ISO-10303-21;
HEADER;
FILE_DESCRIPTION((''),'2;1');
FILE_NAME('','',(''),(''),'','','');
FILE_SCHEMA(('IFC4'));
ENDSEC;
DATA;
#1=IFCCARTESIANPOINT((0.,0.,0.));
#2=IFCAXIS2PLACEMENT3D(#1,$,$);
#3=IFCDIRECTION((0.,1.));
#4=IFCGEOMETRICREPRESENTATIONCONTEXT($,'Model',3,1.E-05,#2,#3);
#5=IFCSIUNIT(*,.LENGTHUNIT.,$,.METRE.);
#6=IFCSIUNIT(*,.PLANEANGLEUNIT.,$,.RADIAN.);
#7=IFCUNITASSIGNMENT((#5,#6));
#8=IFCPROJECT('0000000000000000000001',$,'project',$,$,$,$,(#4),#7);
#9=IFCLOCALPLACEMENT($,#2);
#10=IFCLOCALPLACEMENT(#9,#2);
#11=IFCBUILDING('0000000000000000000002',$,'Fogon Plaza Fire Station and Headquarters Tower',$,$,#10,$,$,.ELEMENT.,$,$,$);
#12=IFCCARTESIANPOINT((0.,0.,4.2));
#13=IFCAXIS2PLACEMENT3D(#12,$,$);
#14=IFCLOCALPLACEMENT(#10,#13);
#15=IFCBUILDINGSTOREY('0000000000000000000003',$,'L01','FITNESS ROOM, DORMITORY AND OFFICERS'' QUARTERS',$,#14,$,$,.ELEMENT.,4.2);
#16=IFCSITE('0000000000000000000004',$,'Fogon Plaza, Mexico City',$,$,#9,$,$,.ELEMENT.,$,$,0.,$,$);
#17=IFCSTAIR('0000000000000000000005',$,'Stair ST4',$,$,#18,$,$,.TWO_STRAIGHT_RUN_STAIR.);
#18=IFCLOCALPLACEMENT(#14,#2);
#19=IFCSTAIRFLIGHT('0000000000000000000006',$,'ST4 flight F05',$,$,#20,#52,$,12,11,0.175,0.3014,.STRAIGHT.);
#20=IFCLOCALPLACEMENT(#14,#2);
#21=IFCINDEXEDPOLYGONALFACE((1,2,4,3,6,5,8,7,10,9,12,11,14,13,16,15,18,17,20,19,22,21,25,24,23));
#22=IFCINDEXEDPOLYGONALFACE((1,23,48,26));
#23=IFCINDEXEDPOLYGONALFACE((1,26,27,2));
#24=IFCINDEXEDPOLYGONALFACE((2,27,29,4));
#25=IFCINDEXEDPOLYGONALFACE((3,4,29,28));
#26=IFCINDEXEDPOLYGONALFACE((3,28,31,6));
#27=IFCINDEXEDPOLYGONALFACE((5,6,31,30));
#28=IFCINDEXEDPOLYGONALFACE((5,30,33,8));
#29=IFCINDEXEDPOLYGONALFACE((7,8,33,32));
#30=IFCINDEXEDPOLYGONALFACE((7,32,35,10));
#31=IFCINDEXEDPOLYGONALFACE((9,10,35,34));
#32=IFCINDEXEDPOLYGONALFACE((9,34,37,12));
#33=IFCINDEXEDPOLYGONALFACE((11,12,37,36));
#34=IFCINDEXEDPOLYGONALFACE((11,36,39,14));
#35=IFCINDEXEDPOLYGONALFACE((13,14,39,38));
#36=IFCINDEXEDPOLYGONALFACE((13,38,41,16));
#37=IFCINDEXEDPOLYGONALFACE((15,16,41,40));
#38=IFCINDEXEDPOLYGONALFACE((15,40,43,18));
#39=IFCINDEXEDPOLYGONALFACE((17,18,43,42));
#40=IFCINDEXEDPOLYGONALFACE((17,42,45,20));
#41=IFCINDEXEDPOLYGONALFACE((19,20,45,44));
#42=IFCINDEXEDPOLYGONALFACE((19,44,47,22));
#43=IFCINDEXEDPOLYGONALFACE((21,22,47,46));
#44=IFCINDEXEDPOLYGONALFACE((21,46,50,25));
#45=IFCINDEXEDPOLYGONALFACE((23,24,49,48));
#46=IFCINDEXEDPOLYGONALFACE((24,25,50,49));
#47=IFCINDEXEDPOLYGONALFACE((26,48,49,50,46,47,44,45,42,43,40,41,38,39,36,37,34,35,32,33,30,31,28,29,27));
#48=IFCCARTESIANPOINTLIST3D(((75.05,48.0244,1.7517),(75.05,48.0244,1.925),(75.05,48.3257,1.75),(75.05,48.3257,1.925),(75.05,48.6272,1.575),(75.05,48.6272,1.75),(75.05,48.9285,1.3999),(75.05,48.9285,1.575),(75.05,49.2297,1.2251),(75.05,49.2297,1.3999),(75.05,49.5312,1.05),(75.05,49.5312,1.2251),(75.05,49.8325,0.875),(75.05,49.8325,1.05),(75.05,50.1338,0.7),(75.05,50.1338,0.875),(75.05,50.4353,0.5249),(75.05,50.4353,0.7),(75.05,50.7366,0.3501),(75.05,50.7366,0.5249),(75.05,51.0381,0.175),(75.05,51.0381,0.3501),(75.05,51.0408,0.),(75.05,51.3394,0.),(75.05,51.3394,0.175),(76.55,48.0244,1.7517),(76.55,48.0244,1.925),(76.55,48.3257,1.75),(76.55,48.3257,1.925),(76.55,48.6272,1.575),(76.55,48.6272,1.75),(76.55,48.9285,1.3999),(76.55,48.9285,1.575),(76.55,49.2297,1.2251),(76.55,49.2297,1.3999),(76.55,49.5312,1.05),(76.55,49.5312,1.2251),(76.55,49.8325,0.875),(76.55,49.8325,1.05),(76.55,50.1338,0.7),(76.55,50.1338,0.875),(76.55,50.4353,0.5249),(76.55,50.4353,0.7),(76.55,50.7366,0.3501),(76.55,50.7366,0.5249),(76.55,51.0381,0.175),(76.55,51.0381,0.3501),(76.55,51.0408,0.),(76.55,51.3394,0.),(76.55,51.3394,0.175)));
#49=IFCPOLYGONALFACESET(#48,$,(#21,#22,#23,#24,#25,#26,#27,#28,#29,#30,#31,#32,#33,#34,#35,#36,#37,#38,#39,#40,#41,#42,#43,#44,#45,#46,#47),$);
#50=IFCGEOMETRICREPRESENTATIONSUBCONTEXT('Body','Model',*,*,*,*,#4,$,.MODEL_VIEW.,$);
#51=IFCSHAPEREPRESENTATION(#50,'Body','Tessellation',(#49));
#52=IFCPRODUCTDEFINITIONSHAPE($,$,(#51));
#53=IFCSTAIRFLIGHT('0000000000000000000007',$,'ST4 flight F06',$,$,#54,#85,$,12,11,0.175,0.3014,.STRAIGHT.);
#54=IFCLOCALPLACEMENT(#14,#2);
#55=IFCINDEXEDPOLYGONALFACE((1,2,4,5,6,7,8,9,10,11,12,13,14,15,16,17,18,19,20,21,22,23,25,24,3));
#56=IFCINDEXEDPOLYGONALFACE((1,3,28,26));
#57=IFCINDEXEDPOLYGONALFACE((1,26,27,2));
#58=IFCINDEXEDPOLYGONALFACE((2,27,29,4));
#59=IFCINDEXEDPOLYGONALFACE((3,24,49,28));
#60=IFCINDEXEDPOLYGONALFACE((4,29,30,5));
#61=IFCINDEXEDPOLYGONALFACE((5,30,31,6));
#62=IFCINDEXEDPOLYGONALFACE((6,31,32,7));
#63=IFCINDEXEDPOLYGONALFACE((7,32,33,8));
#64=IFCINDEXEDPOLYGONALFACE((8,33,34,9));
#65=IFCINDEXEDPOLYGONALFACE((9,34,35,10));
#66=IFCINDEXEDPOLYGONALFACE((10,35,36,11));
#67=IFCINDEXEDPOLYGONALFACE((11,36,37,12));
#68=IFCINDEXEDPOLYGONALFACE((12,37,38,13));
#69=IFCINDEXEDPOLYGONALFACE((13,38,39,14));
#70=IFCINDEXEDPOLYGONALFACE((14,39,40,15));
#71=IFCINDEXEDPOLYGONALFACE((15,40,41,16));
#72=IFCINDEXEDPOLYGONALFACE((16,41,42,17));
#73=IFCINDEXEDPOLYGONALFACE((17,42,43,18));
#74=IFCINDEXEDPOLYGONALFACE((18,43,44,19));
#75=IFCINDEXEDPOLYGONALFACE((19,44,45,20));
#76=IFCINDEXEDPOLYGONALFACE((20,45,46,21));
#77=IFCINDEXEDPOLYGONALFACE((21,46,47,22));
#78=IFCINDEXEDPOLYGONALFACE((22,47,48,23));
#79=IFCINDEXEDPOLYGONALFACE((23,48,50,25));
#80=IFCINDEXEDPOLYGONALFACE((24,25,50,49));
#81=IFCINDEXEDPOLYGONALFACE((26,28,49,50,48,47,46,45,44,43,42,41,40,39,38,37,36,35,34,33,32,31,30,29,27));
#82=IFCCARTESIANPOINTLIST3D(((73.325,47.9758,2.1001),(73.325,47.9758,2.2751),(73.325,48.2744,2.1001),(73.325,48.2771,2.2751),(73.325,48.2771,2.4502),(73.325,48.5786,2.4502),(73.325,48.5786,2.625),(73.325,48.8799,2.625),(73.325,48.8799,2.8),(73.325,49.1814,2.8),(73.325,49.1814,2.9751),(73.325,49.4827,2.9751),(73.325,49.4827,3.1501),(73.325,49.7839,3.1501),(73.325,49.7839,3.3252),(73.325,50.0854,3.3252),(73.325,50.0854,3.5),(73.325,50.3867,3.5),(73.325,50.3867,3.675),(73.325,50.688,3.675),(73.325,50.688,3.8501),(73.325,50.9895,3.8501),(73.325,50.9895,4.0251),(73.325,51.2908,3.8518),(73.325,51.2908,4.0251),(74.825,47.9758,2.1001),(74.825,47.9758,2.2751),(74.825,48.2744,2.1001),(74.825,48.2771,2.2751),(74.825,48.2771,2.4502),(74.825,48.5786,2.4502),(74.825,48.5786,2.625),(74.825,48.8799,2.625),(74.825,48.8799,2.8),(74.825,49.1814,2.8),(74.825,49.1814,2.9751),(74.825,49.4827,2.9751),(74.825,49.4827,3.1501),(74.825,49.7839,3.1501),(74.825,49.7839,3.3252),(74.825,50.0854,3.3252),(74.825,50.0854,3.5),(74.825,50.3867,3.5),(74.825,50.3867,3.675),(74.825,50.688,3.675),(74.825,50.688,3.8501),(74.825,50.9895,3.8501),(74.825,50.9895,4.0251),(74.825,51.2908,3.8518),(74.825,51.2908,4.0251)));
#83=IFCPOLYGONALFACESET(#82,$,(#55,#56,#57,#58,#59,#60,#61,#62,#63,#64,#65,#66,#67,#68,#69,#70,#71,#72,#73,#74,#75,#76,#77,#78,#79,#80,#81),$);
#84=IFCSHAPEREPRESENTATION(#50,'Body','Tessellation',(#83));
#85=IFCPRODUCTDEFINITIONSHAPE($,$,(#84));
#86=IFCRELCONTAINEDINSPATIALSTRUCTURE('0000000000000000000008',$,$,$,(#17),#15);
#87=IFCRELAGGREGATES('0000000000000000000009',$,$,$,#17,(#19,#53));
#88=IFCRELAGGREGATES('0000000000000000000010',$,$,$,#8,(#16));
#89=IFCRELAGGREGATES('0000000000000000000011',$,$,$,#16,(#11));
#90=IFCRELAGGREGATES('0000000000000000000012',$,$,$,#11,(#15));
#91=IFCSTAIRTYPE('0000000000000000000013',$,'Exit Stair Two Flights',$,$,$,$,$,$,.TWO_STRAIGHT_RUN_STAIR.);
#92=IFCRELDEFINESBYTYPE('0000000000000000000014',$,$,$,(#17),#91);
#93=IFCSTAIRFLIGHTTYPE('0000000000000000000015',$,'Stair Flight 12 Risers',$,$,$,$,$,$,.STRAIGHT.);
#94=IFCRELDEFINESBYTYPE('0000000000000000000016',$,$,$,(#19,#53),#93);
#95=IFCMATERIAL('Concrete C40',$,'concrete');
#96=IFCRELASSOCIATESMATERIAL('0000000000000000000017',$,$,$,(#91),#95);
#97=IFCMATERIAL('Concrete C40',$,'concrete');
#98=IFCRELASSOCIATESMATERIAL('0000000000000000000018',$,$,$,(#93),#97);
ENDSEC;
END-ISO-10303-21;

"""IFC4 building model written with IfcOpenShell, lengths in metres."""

from ifc_helpers import new_model, si_unit, direction, frame, origin, place, context, subcontext, project, spatial, polyline, outline, extrude, material, type_object, element, aggregate, save


model = new_model("IFC4")

# Units and contexts
model_context = context("Model", 3, precision=1e-05, world=origin(), true_north=direction((0.0, 1.0)))
body_context = subcontext(model_context, "Body", "Model", "MODEL_VIEW")
ifc_project = project(units=[si_unit("LENGTHUNIT", "METRE"), si_unit("PLANEANGLEUNIT", "RADIAN")], contexts=[model_context])

# Site, building, storey
site_placement = place(None, origin())
site = spatial("IfcSite", under=ifc_project, at=site_placement, Name="Fogon Plaza, Mexico City", CompositionType="ELEMENT", RefElevation=0.0)
building_placement = place(site_placement, origin())
building = spatial("IfcBuilding", under=site, at=building_placement, Name="Fogon Plaza Fire Station and Headquarters Tower", CompositionType="ELEMENT")
storey_placement = place(building_placement, frame((0.0, 0.0, 4.2)))
storey = spatial("IfcBuildingStorey", under=building, at=storey_placement, Name="L01", Description="FITNESS ROOM, DORMITORY AND OFFICERS' QUARTERS", CompositionType="ELEMENT", Elevation=4.2)

# Stair, stair flights
ifc_material_1 = material(Name="Concrete C40", Category="concrete")
stair_type = type_object("IfcStairType", Name="Exit Stair Two Flights", PredefinedType="TWO_STRAIGHT_RUN_STAIR", material=ifc_material_1)
stair_placement = place(storey_placement, origin())
stair = element("IfcStair", 1, at=stair_placement, inside=storey, type_object=stair_type, Name="Stair ST4", PredefinedType="TWO_STRAIGHT_RUN_STAIR")
ifc_material_2 = material(Name="Concrete C40", Category="concrete")
stair_flight_type = type_object("IfcStairFlightType", Name="Stair Flight 12 Risers", PredefinedType="STRAIGHT", material=ifc_material_2)
stair_flight_1_placement = place(storey_placement, frame((75.8, 51.3394, 0.0), z_axis=(0.0, 0.0, 1.0), x_axis=(0.0, -1.0, 0.0)))
stair_flight_1 = element("IfcStairFlight", 2, at=stair_flight_1_placement, type_object=stair_flight_type, Name="ST4 flight F05", NumberOfRisers=12, NumberOfTreads=11, PredefinedType="STRAIGHT", RiserHeight=0.175, TreadLength=0.3014, context=body_context, shape_type="SweptSolid", body=[
    extrude(outline(polyline([(0.0, 0.0), (0.0, 0.175), (0.3013, 0.175), (0.3013, 0.3501), (0.6028, 0.3501), (0.6028, 0.5249), (0.9041, 0.5249), (0.9041, 0.7), (1.2056, 0.7), (1.2056, 0.875), (1.5068, 0.875), (1.5068, 1.05), (1.8081, 1.05), (1.8081, 1.2251), (2.1096, 1.2251), (2.1096, 1.3999), (2.4109, 1.3999), (2.4109, 1.575), (2.7122, 1.575), (2.7122, 1.75), (3.0137, 1.75), (3.0137, 1.925), (3.3149, 1.925), (3.3149, 2.1001), (3.3149, 1.7517), (0.2986, 0.0), (0.0, 0.0)])), frame((0.0, 0.75, 0.0), z_axis=(0.0, -1.0, 0.0), x_axis=(1.0, 0.0, 0.0)), (0.0, 0.0, 1.0), 1.5),
])
stair_flight_2_placement = place(storey_placement, frame((74.075, 47.9758, 2.1001), z_axis=(0.0, 0.0, 1.0), x_axis=(0.0, 1.0, 0.0)))
stair_flight_2 = element("IfcStairFlight", 3, at=stair_flight_2_placement, type_object=stair_flight_type, Name="ST4 flight F06", NumberOfRisers=12, NumberOfTreads=11, PredefinedType="STRAIGHT", RiserHeight=0.175, TreadLength=0.3014, context=body_context, shape_type="SweptSolid", body=[
    extrude(outline(polyline([(0.0, 0.0), (0.0, 0.175), (0.3013, 0.175), (0.3013, 0.3501), (0.6028, 0.3501), (0.6028, 0.5249), (0.9041, 0.5249), (0.9041, 0.7), (1.2056, 0.7), (1.2056, 0.875), (1.5068, 0.875), (1.5068, 1.05), (1.8081, 1.05), (1.8081, 1.2251), (2.1096, 1.2251), (2.1096, 1.3999), (2.4109, 1.3999), (2.4109, 1.575), (2.7122, 1.575), (2.7122, 1.75), (3.0137, 1.75), (3.0137, 1.925), (3.3149, 1.925), (3.3149, 2.1001), (3.3149, 1.7517), (0.2986, 0.0), (0.0, 0.0)])), frame((0.0, 0.75, 0.0), z_axis=(0.0, -1.0, 0.0), x_axis=(1.0, 0.0, 0.0)), (0.0, 0.0, 1.0), 1.5),
])
aggregate(stair, [stair_flight_1, stair_flight_2])

save(model, "model.ifc")
